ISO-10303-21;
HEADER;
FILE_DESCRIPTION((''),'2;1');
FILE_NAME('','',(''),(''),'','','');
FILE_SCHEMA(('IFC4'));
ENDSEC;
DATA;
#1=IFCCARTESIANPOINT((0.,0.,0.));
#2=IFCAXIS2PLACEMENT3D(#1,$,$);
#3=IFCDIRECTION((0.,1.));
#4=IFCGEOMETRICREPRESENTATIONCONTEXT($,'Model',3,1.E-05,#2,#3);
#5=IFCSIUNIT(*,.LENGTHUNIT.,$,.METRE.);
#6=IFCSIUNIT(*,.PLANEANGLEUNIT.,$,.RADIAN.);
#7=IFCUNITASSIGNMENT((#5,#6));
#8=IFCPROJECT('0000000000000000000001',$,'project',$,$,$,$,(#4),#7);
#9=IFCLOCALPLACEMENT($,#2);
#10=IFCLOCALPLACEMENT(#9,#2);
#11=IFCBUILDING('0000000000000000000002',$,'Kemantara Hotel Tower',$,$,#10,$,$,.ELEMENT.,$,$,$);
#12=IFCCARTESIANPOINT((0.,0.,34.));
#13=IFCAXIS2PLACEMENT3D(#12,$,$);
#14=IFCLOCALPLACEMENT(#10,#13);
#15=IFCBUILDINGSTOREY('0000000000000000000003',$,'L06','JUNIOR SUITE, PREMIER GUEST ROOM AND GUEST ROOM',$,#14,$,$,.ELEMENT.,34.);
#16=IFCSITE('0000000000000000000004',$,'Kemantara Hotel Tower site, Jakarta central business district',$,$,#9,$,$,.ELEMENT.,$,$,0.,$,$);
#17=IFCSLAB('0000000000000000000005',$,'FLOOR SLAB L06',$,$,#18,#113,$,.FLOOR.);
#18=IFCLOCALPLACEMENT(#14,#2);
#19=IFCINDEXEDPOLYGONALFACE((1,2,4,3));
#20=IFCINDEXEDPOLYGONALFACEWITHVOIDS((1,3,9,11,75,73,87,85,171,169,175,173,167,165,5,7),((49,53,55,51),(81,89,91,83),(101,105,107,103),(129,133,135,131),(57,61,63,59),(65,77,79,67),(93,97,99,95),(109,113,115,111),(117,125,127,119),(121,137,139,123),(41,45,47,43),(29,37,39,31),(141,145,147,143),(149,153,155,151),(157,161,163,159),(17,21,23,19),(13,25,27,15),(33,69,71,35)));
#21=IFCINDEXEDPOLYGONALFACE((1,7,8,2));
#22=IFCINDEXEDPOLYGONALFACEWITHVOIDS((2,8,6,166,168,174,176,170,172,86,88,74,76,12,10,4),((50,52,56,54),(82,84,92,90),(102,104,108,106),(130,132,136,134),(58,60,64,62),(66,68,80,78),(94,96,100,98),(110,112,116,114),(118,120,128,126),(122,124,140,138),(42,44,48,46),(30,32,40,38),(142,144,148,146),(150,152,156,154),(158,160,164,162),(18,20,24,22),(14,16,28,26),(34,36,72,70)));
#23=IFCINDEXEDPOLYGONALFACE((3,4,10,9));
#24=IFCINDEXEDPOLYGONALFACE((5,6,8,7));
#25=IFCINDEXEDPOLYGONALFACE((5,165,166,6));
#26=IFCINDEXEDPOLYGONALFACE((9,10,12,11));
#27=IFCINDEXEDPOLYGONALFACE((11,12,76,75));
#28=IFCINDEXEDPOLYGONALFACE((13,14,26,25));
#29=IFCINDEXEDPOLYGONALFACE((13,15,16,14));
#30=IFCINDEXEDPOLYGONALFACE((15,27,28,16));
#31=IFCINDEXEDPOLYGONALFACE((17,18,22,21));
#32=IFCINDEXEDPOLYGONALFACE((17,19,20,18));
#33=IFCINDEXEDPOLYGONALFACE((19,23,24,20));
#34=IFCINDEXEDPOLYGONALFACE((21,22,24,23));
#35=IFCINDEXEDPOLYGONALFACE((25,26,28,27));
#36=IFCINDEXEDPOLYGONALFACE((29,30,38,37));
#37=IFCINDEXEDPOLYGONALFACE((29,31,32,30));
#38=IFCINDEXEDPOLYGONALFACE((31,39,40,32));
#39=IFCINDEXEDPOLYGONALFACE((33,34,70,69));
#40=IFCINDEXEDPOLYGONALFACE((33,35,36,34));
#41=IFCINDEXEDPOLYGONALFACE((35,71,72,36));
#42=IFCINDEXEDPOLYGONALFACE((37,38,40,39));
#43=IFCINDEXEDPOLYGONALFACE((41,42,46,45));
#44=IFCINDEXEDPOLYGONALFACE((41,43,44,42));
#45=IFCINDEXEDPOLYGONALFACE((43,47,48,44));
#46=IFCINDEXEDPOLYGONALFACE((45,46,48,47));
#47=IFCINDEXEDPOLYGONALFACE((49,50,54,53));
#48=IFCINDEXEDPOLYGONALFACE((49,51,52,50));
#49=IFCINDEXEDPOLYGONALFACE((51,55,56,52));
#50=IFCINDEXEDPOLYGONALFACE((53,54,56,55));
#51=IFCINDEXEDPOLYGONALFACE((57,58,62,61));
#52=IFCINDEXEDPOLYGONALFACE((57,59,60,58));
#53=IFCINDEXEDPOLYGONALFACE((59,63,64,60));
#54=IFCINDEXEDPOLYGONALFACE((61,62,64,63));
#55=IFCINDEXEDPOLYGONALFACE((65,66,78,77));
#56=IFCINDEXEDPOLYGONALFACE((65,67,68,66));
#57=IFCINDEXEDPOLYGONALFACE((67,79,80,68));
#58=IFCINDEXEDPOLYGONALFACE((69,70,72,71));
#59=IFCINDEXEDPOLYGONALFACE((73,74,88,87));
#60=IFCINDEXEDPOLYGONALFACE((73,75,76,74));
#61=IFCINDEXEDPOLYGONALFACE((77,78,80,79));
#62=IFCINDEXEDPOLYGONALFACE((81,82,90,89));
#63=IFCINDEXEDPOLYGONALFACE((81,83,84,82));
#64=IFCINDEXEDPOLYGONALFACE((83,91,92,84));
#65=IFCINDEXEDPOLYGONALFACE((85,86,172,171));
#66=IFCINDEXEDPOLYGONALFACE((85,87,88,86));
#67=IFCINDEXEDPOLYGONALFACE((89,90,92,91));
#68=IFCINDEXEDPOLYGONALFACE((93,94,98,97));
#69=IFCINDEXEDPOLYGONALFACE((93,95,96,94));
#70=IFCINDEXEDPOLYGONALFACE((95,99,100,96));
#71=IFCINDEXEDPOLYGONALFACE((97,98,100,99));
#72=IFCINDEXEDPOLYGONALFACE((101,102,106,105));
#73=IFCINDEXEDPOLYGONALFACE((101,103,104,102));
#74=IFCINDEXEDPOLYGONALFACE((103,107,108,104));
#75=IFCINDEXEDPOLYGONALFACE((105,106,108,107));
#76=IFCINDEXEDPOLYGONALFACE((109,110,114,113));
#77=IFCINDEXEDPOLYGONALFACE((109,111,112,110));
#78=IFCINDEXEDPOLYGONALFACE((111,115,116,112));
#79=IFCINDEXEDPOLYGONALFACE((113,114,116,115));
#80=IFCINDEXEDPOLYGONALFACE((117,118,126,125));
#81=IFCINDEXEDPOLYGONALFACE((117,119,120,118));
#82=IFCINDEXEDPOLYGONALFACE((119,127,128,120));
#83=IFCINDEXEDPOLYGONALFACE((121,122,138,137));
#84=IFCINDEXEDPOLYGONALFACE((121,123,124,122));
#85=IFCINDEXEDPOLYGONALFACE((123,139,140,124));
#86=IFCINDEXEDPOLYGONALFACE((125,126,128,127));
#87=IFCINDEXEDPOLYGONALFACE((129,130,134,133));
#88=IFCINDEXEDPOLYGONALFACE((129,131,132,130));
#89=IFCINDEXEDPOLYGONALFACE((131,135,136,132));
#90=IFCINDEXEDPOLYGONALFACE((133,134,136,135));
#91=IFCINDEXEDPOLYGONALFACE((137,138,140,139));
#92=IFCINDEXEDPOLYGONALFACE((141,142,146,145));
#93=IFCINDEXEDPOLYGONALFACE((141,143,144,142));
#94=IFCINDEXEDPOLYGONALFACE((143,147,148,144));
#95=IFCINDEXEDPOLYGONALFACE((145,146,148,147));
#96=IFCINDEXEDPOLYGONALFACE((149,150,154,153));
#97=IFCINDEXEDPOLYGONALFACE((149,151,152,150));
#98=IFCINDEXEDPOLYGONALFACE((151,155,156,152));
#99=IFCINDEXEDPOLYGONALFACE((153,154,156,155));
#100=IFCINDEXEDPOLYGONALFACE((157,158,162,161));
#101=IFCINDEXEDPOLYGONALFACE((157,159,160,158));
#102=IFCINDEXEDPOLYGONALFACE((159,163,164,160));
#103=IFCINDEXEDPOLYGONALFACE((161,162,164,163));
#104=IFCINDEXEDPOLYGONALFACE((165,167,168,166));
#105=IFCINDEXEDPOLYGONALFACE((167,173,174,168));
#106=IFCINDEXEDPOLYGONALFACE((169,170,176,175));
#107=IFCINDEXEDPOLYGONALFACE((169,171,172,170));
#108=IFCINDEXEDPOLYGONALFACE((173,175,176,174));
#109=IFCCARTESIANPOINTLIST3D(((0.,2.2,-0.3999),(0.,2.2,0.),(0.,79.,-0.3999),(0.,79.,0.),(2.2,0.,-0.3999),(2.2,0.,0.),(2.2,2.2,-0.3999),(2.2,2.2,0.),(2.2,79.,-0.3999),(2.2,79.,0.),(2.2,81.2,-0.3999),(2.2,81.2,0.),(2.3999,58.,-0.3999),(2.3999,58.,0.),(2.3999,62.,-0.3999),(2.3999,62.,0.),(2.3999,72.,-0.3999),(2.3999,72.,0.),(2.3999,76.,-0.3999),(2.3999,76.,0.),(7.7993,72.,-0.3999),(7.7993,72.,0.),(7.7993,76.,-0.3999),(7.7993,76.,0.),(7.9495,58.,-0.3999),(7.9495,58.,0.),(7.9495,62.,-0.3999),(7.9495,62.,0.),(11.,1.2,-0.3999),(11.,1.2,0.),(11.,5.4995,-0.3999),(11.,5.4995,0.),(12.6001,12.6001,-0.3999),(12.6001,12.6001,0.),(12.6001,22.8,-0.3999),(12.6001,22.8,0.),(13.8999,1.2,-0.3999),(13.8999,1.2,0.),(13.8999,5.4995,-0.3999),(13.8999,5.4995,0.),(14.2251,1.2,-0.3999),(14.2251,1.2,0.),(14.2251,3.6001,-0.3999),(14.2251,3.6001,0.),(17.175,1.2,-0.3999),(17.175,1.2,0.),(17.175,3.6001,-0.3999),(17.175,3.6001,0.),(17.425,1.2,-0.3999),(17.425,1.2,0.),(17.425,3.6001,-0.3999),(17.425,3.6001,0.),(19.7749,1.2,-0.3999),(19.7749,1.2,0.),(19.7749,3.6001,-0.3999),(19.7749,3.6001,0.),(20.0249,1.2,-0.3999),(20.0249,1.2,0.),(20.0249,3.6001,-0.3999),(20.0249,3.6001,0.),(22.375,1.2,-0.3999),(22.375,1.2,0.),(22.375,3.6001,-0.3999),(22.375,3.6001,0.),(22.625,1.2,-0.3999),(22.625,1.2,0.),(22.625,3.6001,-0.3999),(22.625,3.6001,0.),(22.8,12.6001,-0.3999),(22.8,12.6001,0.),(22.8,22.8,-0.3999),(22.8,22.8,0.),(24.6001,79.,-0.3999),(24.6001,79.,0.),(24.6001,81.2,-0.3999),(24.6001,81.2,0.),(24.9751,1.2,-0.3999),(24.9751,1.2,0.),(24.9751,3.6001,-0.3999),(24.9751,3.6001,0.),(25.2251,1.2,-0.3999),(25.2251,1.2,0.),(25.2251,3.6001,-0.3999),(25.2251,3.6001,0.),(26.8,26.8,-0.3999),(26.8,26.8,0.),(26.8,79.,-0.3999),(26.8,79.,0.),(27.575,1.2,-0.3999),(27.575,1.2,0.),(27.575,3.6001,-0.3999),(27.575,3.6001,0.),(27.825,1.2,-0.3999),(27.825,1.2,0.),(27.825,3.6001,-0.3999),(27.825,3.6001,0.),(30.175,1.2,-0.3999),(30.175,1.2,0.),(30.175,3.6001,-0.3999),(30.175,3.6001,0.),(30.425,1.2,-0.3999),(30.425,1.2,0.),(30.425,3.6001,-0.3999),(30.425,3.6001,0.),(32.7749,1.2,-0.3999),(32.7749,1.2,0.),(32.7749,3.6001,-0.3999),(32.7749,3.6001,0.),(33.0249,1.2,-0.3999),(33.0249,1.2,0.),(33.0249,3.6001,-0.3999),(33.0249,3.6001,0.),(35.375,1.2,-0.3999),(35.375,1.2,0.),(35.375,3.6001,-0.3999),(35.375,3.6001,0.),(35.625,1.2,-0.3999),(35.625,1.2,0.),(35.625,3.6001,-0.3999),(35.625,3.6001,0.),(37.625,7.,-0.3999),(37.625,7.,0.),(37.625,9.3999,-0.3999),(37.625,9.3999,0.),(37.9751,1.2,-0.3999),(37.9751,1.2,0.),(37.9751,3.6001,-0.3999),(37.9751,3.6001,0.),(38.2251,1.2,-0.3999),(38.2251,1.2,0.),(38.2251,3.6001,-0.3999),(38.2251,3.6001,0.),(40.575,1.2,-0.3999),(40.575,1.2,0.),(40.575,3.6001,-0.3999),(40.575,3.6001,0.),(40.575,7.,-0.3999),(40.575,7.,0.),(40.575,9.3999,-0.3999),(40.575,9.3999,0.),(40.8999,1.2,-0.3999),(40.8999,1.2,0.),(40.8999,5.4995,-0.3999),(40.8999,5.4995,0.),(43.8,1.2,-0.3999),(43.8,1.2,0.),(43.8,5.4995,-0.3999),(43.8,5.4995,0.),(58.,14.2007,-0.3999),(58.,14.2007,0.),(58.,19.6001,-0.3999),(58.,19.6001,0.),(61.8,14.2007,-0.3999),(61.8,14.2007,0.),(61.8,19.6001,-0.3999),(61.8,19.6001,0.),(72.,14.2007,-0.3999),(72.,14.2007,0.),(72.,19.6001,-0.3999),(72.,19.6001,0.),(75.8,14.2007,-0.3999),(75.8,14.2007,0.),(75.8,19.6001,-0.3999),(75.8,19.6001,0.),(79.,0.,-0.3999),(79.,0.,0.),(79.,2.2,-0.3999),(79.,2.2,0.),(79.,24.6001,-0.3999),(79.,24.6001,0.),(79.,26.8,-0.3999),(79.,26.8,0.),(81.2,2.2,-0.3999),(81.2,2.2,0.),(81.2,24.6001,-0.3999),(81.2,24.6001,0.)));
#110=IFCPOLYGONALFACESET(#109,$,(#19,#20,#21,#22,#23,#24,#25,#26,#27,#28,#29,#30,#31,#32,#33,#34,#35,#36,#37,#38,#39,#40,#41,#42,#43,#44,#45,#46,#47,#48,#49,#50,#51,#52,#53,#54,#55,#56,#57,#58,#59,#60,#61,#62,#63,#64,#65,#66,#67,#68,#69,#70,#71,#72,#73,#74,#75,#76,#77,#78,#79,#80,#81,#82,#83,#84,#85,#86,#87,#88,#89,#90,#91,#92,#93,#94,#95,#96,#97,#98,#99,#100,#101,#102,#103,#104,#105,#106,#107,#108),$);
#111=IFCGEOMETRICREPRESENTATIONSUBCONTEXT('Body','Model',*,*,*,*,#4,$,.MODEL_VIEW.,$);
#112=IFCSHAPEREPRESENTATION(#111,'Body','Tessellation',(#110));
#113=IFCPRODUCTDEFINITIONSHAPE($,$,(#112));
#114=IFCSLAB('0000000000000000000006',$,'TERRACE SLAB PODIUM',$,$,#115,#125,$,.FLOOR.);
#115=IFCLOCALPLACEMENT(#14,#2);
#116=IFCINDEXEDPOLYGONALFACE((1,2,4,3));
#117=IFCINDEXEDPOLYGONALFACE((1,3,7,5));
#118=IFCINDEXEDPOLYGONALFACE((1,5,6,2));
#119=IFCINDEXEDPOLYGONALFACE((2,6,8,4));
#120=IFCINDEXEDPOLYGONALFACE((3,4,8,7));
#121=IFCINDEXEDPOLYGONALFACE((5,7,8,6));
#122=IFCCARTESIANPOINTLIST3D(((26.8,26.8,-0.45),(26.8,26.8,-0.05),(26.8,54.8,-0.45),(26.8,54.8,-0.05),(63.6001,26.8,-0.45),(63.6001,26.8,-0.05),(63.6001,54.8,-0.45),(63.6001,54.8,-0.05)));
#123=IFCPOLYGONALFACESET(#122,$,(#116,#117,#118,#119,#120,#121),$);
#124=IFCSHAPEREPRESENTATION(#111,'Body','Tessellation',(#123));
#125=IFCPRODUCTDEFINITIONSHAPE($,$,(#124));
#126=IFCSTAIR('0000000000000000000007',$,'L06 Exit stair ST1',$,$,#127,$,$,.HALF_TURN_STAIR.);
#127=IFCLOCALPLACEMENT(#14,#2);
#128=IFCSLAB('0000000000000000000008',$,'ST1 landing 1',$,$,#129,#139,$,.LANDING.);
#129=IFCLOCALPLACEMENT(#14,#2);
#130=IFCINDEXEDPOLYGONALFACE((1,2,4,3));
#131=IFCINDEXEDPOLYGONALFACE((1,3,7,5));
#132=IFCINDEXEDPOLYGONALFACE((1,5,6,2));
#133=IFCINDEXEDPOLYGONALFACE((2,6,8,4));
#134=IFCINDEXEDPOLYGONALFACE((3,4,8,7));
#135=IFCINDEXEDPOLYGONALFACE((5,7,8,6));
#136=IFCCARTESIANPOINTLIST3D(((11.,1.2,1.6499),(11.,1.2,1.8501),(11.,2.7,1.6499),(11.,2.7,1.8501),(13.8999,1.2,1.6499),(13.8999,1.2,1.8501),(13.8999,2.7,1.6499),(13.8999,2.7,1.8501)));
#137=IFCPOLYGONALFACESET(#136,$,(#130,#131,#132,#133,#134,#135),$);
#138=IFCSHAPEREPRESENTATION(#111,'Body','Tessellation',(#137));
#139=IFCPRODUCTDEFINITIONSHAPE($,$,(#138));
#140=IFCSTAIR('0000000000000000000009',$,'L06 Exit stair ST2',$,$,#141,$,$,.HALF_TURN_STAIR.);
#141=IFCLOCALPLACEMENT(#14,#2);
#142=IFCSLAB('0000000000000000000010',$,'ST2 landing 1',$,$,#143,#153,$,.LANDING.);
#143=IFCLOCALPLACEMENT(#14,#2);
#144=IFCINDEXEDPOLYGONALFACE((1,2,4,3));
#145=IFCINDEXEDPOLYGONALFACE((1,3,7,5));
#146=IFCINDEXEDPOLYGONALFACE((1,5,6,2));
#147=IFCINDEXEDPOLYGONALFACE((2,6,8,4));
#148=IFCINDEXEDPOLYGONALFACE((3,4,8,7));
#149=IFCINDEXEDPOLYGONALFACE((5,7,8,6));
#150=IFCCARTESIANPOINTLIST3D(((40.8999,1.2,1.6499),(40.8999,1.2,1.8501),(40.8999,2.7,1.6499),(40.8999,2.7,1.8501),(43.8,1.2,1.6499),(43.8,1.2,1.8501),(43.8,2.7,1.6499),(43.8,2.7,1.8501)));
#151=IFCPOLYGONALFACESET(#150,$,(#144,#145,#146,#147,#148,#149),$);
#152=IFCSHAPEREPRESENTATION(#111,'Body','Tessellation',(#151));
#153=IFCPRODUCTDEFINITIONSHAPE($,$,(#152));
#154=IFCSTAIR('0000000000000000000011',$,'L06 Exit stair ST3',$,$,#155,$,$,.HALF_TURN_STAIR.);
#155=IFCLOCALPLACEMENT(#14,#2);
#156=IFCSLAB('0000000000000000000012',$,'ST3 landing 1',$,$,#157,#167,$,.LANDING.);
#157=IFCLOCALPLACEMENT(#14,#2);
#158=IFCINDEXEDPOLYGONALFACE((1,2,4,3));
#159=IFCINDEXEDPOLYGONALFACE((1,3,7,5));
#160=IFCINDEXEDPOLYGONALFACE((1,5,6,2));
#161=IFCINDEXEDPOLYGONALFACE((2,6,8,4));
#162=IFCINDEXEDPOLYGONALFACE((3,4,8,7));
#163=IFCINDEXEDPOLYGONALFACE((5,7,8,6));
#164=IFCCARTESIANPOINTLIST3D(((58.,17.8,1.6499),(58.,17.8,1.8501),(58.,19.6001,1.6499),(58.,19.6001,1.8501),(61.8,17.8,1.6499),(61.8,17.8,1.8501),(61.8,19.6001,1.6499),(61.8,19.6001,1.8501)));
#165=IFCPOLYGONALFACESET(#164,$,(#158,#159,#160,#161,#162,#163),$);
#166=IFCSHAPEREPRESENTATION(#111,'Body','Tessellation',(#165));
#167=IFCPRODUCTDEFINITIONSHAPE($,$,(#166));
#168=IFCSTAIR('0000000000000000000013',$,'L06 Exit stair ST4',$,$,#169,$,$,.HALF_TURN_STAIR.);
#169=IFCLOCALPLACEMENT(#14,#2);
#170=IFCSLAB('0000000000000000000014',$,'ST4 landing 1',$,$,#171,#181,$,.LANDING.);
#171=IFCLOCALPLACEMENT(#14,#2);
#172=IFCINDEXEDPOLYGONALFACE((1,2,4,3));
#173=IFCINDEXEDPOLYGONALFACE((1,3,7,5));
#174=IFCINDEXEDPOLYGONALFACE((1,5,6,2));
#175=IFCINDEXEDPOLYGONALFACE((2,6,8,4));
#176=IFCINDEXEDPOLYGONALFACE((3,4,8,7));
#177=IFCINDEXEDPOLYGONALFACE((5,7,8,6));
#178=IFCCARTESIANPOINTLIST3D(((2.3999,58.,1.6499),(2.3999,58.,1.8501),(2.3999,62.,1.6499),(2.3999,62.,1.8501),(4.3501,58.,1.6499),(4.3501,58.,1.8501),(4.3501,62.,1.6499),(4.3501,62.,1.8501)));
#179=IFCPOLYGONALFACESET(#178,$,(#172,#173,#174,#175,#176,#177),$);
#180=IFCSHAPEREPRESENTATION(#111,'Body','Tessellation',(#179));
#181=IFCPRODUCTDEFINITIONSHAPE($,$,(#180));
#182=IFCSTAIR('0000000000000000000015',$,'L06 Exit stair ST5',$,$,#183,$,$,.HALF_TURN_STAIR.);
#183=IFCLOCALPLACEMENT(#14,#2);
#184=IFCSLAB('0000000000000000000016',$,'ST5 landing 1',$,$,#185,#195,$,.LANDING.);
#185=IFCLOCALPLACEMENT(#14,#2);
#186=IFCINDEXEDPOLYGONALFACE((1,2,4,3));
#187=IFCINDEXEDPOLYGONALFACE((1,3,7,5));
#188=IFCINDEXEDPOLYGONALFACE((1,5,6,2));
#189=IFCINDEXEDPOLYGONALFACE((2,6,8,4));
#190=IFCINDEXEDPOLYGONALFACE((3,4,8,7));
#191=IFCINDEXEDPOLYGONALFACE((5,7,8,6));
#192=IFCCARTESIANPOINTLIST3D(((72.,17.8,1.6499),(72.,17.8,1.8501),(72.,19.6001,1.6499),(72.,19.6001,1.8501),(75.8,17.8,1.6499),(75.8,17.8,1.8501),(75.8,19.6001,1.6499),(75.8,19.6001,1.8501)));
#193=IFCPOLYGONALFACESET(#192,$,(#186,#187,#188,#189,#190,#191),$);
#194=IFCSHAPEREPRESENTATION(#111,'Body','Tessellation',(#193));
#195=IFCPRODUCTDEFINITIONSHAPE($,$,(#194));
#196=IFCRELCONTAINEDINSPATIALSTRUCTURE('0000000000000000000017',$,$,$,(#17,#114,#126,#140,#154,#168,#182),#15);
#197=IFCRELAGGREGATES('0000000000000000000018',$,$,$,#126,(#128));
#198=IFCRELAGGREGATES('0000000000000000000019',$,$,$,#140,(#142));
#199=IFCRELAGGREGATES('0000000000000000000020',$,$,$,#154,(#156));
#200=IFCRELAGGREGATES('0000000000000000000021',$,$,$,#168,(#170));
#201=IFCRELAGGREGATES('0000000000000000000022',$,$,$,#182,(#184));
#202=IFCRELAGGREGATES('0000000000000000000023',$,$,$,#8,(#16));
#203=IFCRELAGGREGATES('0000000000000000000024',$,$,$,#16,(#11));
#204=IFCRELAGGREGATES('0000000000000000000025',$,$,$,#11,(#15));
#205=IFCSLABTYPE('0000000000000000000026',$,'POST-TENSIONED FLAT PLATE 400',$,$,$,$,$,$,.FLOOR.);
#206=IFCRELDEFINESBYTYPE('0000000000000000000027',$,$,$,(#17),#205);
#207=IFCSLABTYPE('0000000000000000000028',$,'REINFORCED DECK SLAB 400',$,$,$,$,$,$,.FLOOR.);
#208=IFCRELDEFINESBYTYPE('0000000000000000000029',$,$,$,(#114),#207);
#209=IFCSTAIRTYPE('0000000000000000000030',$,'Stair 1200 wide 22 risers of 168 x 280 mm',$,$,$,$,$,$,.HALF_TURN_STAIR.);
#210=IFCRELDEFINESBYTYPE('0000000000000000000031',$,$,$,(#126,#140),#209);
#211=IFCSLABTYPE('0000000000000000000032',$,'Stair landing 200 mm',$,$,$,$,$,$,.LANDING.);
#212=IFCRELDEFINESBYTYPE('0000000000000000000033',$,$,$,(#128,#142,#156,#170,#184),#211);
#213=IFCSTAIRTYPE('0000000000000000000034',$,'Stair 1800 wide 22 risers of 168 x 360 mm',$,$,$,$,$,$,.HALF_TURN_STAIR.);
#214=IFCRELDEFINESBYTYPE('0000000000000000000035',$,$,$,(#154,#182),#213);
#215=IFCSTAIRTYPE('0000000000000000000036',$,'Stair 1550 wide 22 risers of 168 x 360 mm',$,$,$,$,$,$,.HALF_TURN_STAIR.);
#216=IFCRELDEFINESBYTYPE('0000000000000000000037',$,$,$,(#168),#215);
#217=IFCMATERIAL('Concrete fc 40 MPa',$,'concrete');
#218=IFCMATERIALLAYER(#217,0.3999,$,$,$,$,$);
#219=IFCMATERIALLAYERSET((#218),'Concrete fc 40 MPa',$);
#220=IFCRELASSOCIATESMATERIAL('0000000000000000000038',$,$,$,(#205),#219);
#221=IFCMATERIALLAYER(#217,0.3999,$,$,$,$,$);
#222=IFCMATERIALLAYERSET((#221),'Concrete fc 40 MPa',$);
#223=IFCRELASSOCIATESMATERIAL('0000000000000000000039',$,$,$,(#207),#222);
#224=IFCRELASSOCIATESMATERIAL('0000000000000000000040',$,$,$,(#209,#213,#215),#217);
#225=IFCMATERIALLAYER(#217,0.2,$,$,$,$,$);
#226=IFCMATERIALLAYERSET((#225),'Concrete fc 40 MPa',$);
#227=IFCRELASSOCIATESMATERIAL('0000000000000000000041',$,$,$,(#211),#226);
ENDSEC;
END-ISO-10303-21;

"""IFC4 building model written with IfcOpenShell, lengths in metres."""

from ifc_helpers import new_model, si_unit, direction, frame, origin, place, context, subcontext, project, spatial, polyline, outline, extrude, material, layer, layer_set, type_object, element, aggregate, save


model = new_model("IFC4")

# Units and contexts
model_context = context("Model", 3, precision=1e-05, world=origin(), true_north=direction((0.0, 1.0)))
body_context = subcontext(model_context, "Body", "Model", "MODEL_VIEW")
ifc_project = project(units=[si_unit("LENGTHUNIT", "METRE"), si_unit("PLANEANGLEUNIT", "RADIAN")], contexts=[model_context])

# Site, building, storey
site_placement = place(None, origin())
site = spatial("IfcSite", under=ifc_project, at=site_placement, Name="Kemantara Hotel Tower site, Jakarta central business district", CompositionType="ELEMENT", RefElevation=0.0)
building_placement = place(site_placement, origin())
building = spatial("IfcBuilding", under=site, at=building_placement, Name="Kemantara Hotel Tower", CompositionType="ELEMENT")
storey_placement = place(building_placement, frame((0.0, 0.0, 34.0)))
storey = spatial("IfcBuildingStorey", under=building, at=storey_placement, Name="L06", Description="JUNIOR SUITE, PREMIER GUEST ROOM AND GUEST ROOM", CompositionType="ELEMENT", Elevation=34.0)

# Slabs
ifc_material_1 = material(Name="Concrete fc 40 MPa", Category="concrete")
ifc_layer_1 = layer(ifc_material_1, 0.3999)
ifc_layer_set_1 = layer_set([ifc_layer_1], Name="Concrete fc 40 MPa")
slab_type_1 = type_object("IfcSlabType", Name="POST-TENSIONED FLAT PLATE 400", PredefinedType="FLOOR", material=ifc_layer_set_1)
slab_1_placement = place(storey_placement, frame((0.0, 0.0, -0.3999)))
element("IfcSlab", 1, at=slab_1_placement, inside=storey, type_object=slab_type_1, Name="FLOOR SLAB L06", PredefinedType="FLOOR", context=body_context, shape_type="SweptSolid", body=[
    extrude(outline(polyline([(0.0, 2.2), (2.2, 2.2), (2.2, 0.0), (79.0, 0.0), (79.0, 2.2), (81.2, 2.2), (81.2, 24.6001), (79.0, 24.6001), (79.0, 26.8), (26.8, 26.8), (26.8, 79.0), (24.6001, 79.0), (24.6001, 81.2), (2.2, 81.2), (2.2, 79.0), (0.0, 79.0), (0.0, 2.2)]), holes=[polyline([(17.175, 1.2), (14.2251, 1.2), (14.2251, 3.6001), (17.175, 3.6001), (17.175, 1.2)]), polyline([(19.7749, 1.2), (17.425, 1.2), (17.425, 3.6001), (19.7749, 3.6001), (19.7749, 1.2)]), polyline([(22.375, 1.2), (20.0249, 1.2), (20.0249, 3.6001), (22.375, 3.6001), (22.375, 1.2)]), polyline([(24.9751, 1.2), (22.625, 1.2), (22.625, 3.6001), (24.9751, 3.6001), (24.9751, 1.2)]), polyline([(27.575, 1.2), (25.2251, 1.2), (25.2251, 3.6001), (27.575, 3.6001), (27.575, 1.2)]), polyline([(11.0, 1.2), (11.0, 5.4995), (13.8999, 5.4995), (13.8999, 1.2), (11.0, 1.2)]), polyline([(22.8, 12.6001), (12.6001, 12.6001), (12.6001, 22.8), (22.8, 22.8), (22.8, 12.6001)]), polyline([(7.9495, 62.0), (7.9495, 58.0), (2.3999, 58.0), (2.3999, 62.0), (7.9495, 62.0)]), polyline([(7.7993, 76.0), (7.7993, 72.0), (2.3999, 72.0), (2.3999, 76.0), (7.7993, 76.0)]), polyline([(30.175, 1.2), (27.825, 1.2), (27.825, 3.6001), (30.175, 3.6001), (30.175, 1.2)]), polyline([(32.7749, 1.2), (30.425, 1.2), (30.425, 3.6001), (32.7749, 3.6001), (32.7749, 1.2)]), polyline([(35.375, 1.2), (33.0249, 1.2), (33.0249, 3.6001), (35.375, 3.6001), (35.375, 1.2)]), polyline([(37.9751, 1.2), (35.625, 1.2), (35.625, 3.6001), (37.9751, 3.6001), (37.9751, 1.2)]), polyline([(40.575, 1.2), (38.2251, 1.2), (38.2251, 3.6001), (40.575, 3.6001), (40.575, 1.2)]), polyline([(40.8999, 1.2), (40.8999, 5.4995), (43.8, 5.4995), (43.8, 1.2), (40.8999, 1.2)]), polyline([(40.575, 7.0), (37.625, 7.0), (37.625, 9.3999), (40.575, 9.3999), (40.575, 7.0)]), polyline([(61.8, 14.2007), (58.0, 14.2007), (58.0, 19.6001), (61.8, 19.6001), (61.8, 14.2007)]), polyline([(75.8, 14.2007), (72.0, 14.2007), (72.0, 19.6001), (75.8, 19.6001), (75.8, 14.2007)])]), origin(), (0.0, 0.0, 1.0), 0.3999),
])
ifc_layer_2 = layer(ifc_material_1, 0.3999)
ifc_layer_set_2 = layer_set([ifc_layer_2], Name="Concrete fc 40 MPa")
slab_type_2 = type_object("IfcSlabType", Name="REINFORCED DECK SLAB 400", PredefinedType="FLOOR", material=ifc_layer_set_2)
slab_2_placement = place(storey_placement, frame((0.0, 0.0, -0.45)))
element("IfcSlab", 2, at=slab_2_placement, inside=storey, type_object=slab_type_2, Name="TERRACE SLAB PODIUM", PredefinedType="FLOOR", context=body_context, shape_type="SweptSolid", body=[
    extrude(outline(polyline([(26.8, 54.8), (26.8, 26.8), (63.6001, 26.8), (63.6001, 54.8), (26.8, 54.8)])), origin(), (0.0, 0.0, 1.0), 0.3999),
])

# Stairs, slabs
stair_type_1 = type_object("IfcStairType", Name="Stair 1200 wide 22 risers of 168 x 280 mm", PredefinedType="HALF_TURN_STAIR", material=ifc_material_1)
stair_1_placement = place(storey_placement, origin())
stair_1 = element("IfcStair", 3, at=stair_1_placement, inside=storey, type_object=stair_type_1, Name="L06 Exit stair ST1", PredefinedType="HALF_TURN_STAIR")
ifc_layer_3 = layer(ifc_material_1, 0.2)
ifc_layer_set_3 = layer_set([ifc_layer_3], Name="Concrete fc 40 MPa")
slab_type_3 = type_object("IfcSlabType", Name="Stair landing 200 mm", PredefinedType="LANDING", material=ifc_layer_set_3)
slab_3_placement = place(storey_placement, frame((0.0, 0.0, 1.6499)))
slab_3 = element("IfcSlab", 4, at=slab_3_placement, type_object=slab_type_3, Name="ST1 landing 1", PredefinedType="LANDING", context=body_context, shape_type="SweptSolid", body=[
    extrude(outline(polyline([(11.0, 2.7), (11.0, 1.2), (13.8999, 1.2), (13.8999, 2.7), (11.0, 2.7)])), origin(), (0.0, 0.0, 1.0), 0.2002),
])
aggregate(stair_1, [slab_3])
stair_2_placement = place(storey_placement, origin())
stair_2 = element("IfcStair", 5, at=stair_2_placement, inside=storey, type_object=stair_type_1, Name="L06 Exit stair ST2", PredefinedType="HALF_TURN_STAIR")
slab_4_placement = place(storey_placement, frame((0.0, 0.0, 1.6499)))
slab_4 = element("IfcSlab", 6, at=slab_4_placement, type_object=slab_type_3, Name="ST2 landing 1", PredefinedType="LANDING", context=body_context, shape_type="SweptSolid", body=[
    extrude(outline(polyline([(40.8999, 2.7), (40.8999, 1.2), (43.8, 1.2), (43.8, 2.7), (40.8999, 2.7)])), origin(), (0.0, 0.0, 1.0), 0.2002),
])
aggregate(stair_2, [slab_4])
stair_type_2 = type_object("IfcStairType", Name="Stair 1800 wide 22 risers of 168 x 360 mm", PredefinedType="HALF_TURN_STAIR", material=ifc_material_1)
stair_3_placement = place(storey_placement, origin())
stair_3 = element("IfcStair", 7, at=stair_3_placement, inside=storey, type_object=stair_type_2, Name="L06 Exit stair ST3", PredefinedType="HALF_TURN_STAIR")
slab_5_placement = place(storey_placement, frame((0.0, 0.0, 1.6499)))
slab_5 = element("IfcSlab", 8, at=slab_5_placement, type_object=slab_type_3, Name="ST3 landing 1", PredefinedType="LANDING", context=body_context, shape_type="SweptSolid", body=[
    extrude(outline(polyline([(61.8, 17.8), (61.8, 19.6001), (58.0, 19.6001), (58.0, 17.8), (61.8, 17.8)])), origin(), (0.0, 0.0, 1.0), 0.2002),
])
aggregate(stair_3, [slab_5])
stair_type_3 = type_object("IfcStairType", Name="Stair 1550 wide 22 risers of 168 x 360 mm", PredefinedType="HALF_TURN_STAIR", material=ifc_material_1)
stair_4_placement = place(storey_placement, origin())
stair_4 = element("IfcStair", 9, at=stair_4_placement, inside=storey, type_object=stair_type_3, Name="L06 Exit stair ST4", PredefinedType="HALF_TURN_STAIR")
slab_6_placement = place(storey_placement, frame((0.0, 0.0, 1.6499)))
slab_6 = element("IfcSlab", 10, at=slab_6_placement, type_object=slab_type_3, Name="ST4 landing 1", PredefinedType="LANDING", context=body_context, shape_type="SweptSolid", body=[
    extrude(outline(polyline([(4.3501, 62.0), (2.3999, 62.0), (2.3999, 58.0), (4.3501, 58.0), (4.3501, 62.0)])), origin(), (0.0, 0.0, 1.0), 0.2002),
])
aggregate(stair_4, [slab_6])
stair_5_placement = place(storey_placement, origin())
stair_5 = element("IfcStair", 11, at=stair_5_placement, inside=storey, type_object=stair_type_2, Name="L06 Exit stair ST5", PredefinedType="HALF_TURN_STAIR")
slab_7_placement = place(storey_placement, frame((0.0, 0.0, 1.6499)))
slab_7 = element("IfcSlab", 12, at=slab_7_placement, type_object=slab_type_3, Name="ST5 landing 1", PredefinedType="LANDING", context=body_context, shape_type="SweptSolid", body=[
    extrude(outline(polyline([(75.8, 17.8), (75.8, 19.6001), (72.0, 19.6001), (72.0, 17.8), (75.8, 17.8)])), origin(), (0.0, 0.0, 1.0), 0.2002),
])
aggregate(stair_5, [slab_7])

save(model, "model.ifc")
